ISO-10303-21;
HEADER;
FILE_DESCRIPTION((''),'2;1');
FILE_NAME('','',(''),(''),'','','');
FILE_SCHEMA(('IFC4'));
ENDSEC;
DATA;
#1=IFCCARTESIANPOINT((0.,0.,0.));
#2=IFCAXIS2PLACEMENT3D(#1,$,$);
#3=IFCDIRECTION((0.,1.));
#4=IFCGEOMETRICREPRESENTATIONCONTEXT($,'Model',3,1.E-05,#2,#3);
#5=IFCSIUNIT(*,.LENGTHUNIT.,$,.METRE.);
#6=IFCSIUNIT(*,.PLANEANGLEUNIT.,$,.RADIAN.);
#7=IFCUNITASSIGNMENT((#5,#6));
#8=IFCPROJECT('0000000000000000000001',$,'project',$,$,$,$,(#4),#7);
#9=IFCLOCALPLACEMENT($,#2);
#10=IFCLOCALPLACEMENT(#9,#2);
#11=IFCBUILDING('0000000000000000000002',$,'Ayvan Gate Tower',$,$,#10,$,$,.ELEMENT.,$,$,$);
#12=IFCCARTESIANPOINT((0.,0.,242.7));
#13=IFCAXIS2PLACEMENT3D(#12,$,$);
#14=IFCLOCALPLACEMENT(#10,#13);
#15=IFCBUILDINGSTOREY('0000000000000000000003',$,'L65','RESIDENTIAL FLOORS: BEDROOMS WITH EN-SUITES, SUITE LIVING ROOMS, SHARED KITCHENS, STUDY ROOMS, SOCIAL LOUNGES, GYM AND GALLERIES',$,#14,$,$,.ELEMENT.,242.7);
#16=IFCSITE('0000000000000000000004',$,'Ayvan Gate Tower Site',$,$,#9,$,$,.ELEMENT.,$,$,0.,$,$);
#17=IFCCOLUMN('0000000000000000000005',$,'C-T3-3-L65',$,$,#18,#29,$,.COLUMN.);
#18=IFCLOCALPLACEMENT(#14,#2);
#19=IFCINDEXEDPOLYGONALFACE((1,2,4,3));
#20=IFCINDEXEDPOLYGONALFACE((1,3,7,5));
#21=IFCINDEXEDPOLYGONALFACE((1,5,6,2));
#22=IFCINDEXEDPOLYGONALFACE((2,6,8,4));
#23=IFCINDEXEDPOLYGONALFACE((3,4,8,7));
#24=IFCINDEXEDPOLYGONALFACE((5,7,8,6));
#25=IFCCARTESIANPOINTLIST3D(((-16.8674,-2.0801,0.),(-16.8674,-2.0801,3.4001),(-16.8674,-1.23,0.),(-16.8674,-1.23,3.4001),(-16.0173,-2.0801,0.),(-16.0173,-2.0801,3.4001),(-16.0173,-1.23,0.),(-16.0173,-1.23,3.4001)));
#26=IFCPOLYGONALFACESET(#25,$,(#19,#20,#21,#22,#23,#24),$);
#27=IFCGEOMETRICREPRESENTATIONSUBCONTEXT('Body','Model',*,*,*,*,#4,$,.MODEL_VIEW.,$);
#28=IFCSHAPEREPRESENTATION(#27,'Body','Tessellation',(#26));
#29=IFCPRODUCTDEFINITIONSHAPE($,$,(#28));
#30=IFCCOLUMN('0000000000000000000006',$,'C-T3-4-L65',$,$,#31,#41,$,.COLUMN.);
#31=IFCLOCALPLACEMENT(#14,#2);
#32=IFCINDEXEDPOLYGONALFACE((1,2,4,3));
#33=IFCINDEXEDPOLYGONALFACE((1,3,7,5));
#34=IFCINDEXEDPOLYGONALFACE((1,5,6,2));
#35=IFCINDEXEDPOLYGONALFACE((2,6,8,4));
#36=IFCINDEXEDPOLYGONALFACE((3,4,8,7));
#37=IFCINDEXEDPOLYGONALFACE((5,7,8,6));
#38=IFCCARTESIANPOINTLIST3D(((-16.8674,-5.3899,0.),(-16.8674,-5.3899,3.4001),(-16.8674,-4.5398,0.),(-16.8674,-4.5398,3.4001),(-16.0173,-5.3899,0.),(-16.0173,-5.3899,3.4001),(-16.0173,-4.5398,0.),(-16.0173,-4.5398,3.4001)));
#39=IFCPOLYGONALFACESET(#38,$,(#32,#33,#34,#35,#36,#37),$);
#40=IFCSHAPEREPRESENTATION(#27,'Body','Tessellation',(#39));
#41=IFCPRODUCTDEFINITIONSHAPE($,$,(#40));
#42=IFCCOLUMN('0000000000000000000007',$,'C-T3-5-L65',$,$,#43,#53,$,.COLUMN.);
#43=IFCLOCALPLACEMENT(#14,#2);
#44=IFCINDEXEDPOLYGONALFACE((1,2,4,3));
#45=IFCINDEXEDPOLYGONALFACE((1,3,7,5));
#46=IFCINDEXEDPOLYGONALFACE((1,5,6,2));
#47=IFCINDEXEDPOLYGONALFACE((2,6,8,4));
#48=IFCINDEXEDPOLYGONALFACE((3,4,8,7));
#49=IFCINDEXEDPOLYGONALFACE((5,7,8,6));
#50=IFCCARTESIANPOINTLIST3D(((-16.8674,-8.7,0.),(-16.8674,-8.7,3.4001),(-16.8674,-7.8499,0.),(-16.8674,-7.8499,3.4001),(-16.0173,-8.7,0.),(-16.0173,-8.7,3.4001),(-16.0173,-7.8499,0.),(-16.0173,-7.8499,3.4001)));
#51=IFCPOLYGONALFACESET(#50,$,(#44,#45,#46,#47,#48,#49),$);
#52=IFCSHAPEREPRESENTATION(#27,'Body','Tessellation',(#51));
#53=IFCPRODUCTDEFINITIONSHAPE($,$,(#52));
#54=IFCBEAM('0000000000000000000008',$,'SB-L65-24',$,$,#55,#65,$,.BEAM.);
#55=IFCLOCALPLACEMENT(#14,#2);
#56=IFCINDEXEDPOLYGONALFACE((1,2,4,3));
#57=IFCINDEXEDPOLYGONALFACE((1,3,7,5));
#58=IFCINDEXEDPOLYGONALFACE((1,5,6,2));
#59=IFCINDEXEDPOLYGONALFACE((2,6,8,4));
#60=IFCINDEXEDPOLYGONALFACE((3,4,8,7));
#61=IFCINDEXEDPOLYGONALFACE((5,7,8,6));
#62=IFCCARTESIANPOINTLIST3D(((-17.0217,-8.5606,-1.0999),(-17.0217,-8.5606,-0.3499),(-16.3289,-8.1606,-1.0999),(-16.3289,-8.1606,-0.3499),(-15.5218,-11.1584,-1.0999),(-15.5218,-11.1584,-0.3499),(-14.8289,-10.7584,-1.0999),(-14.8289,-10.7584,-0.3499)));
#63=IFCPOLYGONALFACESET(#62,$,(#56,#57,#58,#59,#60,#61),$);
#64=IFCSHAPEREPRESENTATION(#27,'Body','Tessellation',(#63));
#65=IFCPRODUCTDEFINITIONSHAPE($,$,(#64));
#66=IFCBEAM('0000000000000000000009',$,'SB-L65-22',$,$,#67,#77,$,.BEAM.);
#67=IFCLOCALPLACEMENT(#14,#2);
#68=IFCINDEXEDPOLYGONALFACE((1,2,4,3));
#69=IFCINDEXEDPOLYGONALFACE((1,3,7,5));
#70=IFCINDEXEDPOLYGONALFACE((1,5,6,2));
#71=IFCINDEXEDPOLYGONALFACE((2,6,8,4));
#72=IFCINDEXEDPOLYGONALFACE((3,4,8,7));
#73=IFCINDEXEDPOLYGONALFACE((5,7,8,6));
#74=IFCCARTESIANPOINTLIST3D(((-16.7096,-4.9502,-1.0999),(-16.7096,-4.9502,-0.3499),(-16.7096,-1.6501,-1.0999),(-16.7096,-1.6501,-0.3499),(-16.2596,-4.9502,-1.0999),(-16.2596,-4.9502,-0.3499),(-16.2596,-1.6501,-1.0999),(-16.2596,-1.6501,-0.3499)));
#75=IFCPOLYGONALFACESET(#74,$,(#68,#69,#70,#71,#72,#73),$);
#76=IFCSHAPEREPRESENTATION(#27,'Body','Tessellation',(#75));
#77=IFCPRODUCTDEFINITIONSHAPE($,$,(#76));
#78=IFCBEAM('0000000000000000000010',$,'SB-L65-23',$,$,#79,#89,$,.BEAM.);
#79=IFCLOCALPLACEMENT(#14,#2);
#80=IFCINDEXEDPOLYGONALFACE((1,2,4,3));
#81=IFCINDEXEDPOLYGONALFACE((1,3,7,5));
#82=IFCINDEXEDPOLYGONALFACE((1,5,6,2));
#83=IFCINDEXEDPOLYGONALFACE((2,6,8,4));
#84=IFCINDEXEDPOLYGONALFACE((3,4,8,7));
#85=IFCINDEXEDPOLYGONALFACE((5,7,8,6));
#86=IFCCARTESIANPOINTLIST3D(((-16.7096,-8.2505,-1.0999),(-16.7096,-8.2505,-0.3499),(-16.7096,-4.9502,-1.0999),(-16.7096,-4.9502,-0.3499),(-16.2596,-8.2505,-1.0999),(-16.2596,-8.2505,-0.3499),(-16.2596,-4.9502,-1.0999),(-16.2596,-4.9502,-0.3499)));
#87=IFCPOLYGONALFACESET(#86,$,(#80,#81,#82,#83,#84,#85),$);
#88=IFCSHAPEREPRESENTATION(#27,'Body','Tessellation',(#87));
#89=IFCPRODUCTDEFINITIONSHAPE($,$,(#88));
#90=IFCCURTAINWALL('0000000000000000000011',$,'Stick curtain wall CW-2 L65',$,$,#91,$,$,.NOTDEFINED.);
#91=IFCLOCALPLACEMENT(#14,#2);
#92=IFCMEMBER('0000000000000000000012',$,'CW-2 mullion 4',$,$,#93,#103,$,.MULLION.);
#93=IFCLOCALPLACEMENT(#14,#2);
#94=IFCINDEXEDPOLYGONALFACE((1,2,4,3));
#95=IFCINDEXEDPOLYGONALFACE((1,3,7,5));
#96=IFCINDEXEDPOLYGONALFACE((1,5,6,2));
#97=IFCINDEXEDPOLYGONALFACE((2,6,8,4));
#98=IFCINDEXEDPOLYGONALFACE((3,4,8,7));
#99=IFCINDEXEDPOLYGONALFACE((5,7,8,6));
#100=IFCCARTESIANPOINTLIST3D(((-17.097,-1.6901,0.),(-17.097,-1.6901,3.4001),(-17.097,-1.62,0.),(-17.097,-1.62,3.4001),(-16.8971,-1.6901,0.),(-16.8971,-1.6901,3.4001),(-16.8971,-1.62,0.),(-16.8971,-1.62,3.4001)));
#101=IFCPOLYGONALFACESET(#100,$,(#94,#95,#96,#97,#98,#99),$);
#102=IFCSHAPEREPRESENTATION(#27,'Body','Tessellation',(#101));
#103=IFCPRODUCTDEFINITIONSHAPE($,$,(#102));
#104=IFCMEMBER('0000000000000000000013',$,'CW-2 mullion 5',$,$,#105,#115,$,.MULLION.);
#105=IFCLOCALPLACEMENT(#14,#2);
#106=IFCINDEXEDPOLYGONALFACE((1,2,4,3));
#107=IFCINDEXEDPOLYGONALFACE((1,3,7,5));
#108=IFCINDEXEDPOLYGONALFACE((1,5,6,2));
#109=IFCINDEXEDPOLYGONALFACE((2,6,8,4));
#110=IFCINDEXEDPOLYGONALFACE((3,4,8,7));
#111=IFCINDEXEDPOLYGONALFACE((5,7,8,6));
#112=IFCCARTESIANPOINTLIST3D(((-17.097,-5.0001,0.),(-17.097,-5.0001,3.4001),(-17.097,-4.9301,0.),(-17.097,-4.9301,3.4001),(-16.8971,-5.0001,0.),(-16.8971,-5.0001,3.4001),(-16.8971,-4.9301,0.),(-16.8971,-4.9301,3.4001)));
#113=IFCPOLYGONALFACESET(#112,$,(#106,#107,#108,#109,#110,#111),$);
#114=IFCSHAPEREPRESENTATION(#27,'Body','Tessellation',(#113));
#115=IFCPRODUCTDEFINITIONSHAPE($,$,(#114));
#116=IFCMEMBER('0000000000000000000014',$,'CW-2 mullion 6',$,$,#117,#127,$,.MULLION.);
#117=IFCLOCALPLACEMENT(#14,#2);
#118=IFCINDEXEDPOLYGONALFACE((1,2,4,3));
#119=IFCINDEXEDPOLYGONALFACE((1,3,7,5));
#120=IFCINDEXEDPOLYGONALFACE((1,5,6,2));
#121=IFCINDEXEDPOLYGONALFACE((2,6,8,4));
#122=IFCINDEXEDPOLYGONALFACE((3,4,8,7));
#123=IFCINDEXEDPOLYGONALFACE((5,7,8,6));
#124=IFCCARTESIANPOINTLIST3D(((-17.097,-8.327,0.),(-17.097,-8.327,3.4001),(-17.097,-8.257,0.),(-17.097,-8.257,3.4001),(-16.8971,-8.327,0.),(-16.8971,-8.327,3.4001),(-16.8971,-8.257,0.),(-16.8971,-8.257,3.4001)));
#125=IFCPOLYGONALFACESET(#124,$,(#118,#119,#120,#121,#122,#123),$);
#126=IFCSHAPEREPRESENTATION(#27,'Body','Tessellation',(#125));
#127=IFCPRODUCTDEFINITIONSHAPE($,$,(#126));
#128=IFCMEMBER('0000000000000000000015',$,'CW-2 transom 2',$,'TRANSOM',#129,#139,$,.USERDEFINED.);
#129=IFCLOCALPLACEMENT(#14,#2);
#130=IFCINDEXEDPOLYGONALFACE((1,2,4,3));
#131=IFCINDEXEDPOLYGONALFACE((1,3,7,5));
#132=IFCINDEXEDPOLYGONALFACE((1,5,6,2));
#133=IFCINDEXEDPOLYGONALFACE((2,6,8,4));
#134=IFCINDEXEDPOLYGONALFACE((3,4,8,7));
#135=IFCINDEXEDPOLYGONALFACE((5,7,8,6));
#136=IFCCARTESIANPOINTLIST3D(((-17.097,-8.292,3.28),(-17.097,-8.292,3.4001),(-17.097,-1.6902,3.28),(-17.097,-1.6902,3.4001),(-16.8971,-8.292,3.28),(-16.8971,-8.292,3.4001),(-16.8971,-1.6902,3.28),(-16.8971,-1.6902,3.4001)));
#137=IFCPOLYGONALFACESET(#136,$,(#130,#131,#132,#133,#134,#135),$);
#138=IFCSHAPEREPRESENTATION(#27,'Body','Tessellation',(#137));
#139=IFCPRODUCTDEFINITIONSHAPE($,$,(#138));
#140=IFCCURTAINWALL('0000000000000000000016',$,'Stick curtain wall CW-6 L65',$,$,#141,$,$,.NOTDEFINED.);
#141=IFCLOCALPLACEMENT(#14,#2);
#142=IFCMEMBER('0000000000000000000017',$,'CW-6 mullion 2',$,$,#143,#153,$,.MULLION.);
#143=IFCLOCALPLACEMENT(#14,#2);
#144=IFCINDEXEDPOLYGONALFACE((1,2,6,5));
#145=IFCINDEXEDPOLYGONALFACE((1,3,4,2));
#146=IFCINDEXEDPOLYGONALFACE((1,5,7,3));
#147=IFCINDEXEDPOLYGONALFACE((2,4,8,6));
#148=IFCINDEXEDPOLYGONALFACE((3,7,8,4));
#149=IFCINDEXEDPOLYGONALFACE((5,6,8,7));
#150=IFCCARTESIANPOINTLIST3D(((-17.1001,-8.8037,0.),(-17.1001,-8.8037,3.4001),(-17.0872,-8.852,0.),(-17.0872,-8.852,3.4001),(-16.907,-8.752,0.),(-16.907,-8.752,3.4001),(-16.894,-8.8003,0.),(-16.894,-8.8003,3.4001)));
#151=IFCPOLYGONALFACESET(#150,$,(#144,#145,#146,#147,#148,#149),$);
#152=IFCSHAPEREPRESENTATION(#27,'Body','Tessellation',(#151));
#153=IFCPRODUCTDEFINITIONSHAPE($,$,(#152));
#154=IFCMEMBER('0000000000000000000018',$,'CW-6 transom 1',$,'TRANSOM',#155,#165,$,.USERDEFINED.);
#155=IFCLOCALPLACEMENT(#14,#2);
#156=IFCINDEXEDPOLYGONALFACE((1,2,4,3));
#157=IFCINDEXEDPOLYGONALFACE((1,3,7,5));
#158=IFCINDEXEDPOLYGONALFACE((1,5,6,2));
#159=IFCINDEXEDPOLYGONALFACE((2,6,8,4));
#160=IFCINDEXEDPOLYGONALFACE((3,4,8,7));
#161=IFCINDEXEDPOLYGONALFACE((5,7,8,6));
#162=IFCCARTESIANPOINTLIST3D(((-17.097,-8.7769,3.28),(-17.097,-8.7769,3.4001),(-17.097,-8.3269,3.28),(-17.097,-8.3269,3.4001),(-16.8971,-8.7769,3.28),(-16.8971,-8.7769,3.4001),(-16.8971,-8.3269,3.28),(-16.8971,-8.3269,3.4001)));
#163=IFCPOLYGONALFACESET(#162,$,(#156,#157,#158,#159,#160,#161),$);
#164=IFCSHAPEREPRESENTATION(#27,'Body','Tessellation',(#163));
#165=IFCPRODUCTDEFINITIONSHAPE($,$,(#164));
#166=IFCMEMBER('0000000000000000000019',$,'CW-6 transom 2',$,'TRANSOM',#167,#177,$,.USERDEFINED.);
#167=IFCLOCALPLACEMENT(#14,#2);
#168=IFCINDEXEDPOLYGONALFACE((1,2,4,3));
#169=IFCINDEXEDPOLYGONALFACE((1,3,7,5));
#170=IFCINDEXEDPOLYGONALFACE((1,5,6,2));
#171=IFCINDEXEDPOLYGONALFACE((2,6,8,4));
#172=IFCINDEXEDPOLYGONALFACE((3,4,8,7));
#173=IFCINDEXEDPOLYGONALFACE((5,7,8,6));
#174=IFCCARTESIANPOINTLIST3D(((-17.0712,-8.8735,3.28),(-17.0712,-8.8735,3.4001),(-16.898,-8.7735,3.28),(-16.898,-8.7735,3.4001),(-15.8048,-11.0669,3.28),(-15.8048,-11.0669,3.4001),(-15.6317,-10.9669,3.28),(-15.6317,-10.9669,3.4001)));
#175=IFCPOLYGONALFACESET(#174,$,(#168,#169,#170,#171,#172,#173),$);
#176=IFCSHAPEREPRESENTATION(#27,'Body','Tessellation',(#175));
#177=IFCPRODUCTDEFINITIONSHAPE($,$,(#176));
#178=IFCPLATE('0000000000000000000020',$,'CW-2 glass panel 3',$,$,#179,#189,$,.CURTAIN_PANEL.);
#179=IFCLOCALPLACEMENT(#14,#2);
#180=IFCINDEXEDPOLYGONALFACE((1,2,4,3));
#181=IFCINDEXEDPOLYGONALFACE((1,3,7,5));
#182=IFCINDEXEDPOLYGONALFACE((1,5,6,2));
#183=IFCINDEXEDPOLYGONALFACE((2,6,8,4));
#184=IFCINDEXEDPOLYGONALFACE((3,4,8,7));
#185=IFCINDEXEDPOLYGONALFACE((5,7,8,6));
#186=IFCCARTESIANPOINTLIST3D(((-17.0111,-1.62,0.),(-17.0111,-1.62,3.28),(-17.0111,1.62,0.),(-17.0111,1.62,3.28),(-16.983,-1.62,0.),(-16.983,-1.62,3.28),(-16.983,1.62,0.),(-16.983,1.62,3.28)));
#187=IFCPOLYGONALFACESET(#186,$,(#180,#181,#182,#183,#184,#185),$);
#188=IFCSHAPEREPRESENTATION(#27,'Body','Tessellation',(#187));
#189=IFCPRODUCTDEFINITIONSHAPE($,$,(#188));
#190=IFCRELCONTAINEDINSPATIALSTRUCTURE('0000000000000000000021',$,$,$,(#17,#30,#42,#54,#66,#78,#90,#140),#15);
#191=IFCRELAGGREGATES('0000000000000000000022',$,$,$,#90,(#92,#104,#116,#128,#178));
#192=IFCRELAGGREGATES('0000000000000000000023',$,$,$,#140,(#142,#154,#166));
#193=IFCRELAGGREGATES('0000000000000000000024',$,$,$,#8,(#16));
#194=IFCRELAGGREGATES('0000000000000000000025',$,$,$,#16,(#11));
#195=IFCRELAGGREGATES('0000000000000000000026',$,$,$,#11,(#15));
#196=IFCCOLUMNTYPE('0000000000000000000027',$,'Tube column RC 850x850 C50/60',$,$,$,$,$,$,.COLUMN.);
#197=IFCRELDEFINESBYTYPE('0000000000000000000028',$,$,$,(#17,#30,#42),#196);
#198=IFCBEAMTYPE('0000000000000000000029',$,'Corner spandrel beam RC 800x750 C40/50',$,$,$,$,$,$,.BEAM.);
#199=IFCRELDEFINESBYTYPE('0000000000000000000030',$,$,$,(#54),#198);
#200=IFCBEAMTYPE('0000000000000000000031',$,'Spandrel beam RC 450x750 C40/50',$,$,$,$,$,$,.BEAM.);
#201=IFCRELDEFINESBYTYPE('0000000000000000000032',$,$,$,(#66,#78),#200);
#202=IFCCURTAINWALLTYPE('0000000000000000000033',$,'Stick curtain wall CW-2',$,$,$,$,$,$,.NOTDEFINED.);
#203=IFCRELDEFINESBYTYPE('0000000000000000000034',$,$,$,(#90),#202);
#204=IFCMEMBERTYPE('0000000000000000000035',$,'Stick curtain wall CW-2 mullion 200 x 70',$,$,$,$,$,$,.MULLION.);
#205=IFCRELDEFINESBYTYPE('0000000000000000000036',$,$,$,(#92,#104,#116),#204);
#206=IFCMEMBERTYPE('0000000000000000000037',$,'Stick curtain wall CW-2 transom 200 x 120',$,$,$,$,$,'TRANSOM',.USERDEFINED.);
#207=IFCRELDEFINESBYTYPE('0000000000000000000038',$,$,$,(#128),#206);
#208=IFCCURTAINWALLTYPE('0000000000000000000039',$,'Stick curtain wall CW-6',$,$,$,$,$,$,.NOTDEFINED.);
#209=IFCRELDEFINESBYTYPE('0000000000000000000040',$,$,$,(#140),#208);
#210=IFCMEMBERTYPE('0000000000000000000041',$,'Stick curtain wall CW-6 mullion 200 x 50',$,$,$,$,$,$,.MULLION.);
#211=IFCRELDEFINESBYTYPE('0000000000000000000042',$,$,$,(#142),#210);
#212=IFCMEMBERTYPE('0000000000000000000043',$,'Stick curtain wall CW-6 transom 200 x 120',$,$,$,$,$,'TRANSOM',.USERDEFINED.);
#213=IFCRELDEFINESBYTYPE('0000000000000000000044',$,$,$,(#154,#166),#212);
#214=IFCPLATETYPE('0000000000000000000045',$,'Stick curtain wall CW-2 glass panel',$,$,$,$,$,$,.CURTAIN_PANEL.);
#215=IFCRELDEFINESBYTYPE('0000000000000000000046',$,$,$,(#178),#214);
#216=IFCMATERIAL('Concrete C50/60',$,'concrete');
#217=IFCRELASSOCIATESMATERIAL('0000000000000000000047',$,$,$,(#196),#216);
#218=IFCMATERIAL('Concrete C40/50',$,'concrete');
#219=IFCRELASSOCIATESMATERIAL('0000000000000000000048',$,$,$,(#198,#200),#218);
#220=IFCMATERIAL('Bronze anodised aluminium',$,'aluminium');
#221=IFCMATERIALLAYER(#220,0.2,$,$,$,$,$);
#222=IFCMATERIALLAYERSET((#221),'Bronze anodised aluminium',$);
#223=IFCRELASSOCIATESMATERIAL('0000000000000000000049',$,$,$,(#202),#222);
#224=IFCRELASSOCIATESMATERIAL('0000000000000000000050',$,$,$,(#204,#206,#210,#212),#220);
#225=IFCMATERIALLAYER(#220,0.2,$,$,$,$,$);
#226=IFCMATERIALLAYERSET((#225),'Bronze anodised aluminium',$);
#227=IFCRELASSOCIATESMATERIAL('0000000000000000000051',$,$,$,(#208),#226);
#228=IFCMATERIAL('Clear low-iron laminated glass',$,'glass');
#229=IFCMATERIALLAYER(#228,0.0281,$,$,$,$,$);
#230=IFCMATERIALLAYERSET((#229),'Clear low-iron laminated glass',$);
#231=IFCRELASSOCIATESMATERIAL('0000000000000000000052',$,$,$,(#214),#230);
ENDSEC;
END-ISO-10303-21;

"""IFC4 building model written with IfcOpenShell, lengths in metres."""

from ifc_helpers import new_model, si_unit, direction, frame, origin, origin_2d, place, context, subcontext, project, spatial, rectangle, extrude, material, layer, layer_set, material_profile, profile_set, type_object, element, aggregate, save


model = new_model("IFC4")

# Units and contexts
model_context = context("Model", 3, precision=1e-05, world=origin(), true_north=direction((0.0, 1.0)))
body_context = subcontext(model_context, "Body", "Model", "MODEL_VIEW")
ifc_project = project(units=[si_unit("LENGTHUNIT", "METRE"), si_unit("PLANEANGLEUNIT", "RADIAN")], contexts=[model_context])

# Site, building, storey
site_placement = place(None, origin())
site = spatial("IfcSite", under=ifc_project, at=site_placement, Name="Ayvan Gate Tower Site", CompositionType="ELEMENT", RefElevation=0.0)
building_placement = place(site_placement, origin())
building = spatial("IfcBuilding", under=site, at=building_placement, Name="Ayvan Gate Tower", CompositionType="ELEMENT")
storey_placement = place(building_placement, frame((0.0, 0.0, 242.7)))
storey = spatial("IfcBuildingStorey", under=building, at=storey_placement, Name="L65", Description="RESIDENTIAL FLOORS: BEDROOMS WITH EN-SUITES, SUITE LIVING ROOMS, SHARED KITCHENS, STUDY ROOMS, SOCIAL LOUNGES, GYM AND GALLERIES", CompositionType="ELEMENT", Elevation=242.7)

# Columns
ifc_material_1 = material(Name="Concrete C50/60", Category="concrete")
ifc_material_profile_1 = material_profile(ifc_material_1, rectangle(XDim=0.8501, YDim=0.8501, at=origin_2d()), Name="RC 850x850")
ifc_profile_set_1 = profile_set([ifc_material_profile_1], Name="Concrete C50/60")
column_type = type_object("IfcColumnType", Name="Tube column RC 850x850 C50/60", PredefinedType="COLUMN", material=ifc_profile_set_1)
for number, where, z_axis, x_axis, name in (
    (1, (-16.4424, -1.655, 0.0), (0.0, 0.0, 1.0), (-1.0, 0.0, 0.0), "C-T3-3-L65"),
    (2, (-16.4424, -4.9648, 0.0), (0.0, 0.0, 1.0), (-1.0, 0.0, 0.0), "C-T3-4-L65"),
    (3, (-16.4424, -8.2749, 0.0), (0.0, 0.0, 1.0), (-1.0, 0.0, 0.0), "C-T3-5-L65"),
):
    element("IfcColumn", number, at=place(storey_placement, frame(where, z_axis=z_axis, x_axis=x_axis)), inside=storey, type_object=column_type, Name=name, PredefinedType="COLUMN", context=body_context, shape_type="SweptSolid", body=[
        extrude(rectangle(XDim=0.8501, YDim=0.8501, at=origin_2d()), origin(), (0.0, 0.0, 1.0), 3.4001),
    ])

# Beams
ifc_material_2 = material(Name="Concrete C40/50", Category="concrete")
ifc_material_profile_2 = material_profile(ifc_material_2, rectangle(XDim=0.8, YDim=0.75, at=origin_2d()), Name="RC 800x750")
ifc_profile_set_2 = profile_set([ifc_material_profile_2], Name="Concrete C40/50")
beam_type_1 = type_object("IfcBeamType", Name="Corner spandrel beam RC 800x750 C40/50", PredefinedType="BEAM", material=ifc_profile_set_2)
beam_1_placement = place(storey_placement, frame((-16.6753, -8.3606, -0.7249), z_axis=(0.500025, -0.866011, 0.0), x_axis=(0.866011, 0.500025, 0.0)))
element("IfcBeam", 4, at=beam_1_placement, inside=storey, type_object=beam_type_1, Name="SB-L65-24", PredefinedType="BEAM", context=body_context, shape_type="SweptSolid", body=[
    extrude(rectangle(XDim=0.8, YDim=0.75, at=origin_2d()), origin(), (0.0, 0.0, 1.0), 2.9998),
])
ifc_material_profile_3 = material_profile(ifc_material_2, rectangle(XDim=0.45, YDim=0.75, at=origin_2d()), Name="RC 450x750")
ifc_profile_set_3 = profile_set([ifc_material_profile_3], Name="Concrete C40/50")
beam_type_2 = type_object("IfcBeamType", Name="Spandrel beam RC 450x750 C40/50", PredefinedType="BEAM", material=ifc_profile_set_3)
beam_2_placement = place(storey_placement, frame((-16.4846, -1.6501, -0.7249), z_axis=(0.0, -1.0, 0.0), x_axis=(1.0, 0.0, 0.0)))
element("IfcBeam", 5, at=beam_2_placement, inside=storey, type_object=beam_type_2, Name="SB-L65-22", PredefinedType="BEAM", context=body_context, shape_type="SweptSolid", body=[
    extrude(rectangle(XDim=0.45, YDim=0.75, at=origin_2d()), origin(), (0.0, 0.0, 1.0), 3.3),
])
beam_3_placement = place(storey_placement, frame((-16.4846, -4.9502, -0.7249), z_axis=(0.0, -1.0, 0.0), x_axis=(1.0, 0.0, 0.0)))
element("IfcBeam", 6, at=beam_3_placement, inside=storey, type_object=beam_type_2, Name="SB-L65-23", PredefinedType="BEAM", context=body_context, shape_type="SweptSolid", body=[
    extrude(rectangle(XDim=0.45, YDim=0.75, at=origin_2d()), origin(), (0.0, 0.0, 1.0), 3.3003),
])

# Curtain walls, members
ifc_material_3 = material(Name="Bronze anodised aluminium", Category="aluminium")
ifc_layer_1 = layer(ifc_material_3, 0.2)
ifc_layer_set_1 = layer_set([ifc_layer_1], Name="Bronze anodised aluminium")
curtain_wall_type_1 = type_object("IfcCurtainWallType", Name="Stick curtain wall CW-2", PredefinedType="NOTDEFINED", material=ifc_layer_set_1)
curtain_wall_1_placement = place(storey_placement, origin())
curtain_wall_1 = element("IfcCurtainWall", 7, at=curtain_wall_1_placement, inside=storey, type_object=curtain_wall_type_1, Name="Stick curtain wall CW-2 L65", PredefinedType="NOTDEFINED")
ifc_material_profile_4 = material_profile(ifc_material_3, rectangle(XDim=0.2, YDim=0.0701, at=origin_2d()), Name="Stick curtain wall CW-2 mullion 200 x 70")
ifc_profile_set_4 = profile_set([ifc_material_profile_4], Name="Bronze anodised aluminium")
member_type_1 = type_object("IfcMemberType", Name="Stick curtain wall CW-2 mullion 200 x 70", PredefinedType="MULLION", material=ifc_profile_set_4)
member_1_placement = place(storey_placement, frame((-16.9971, -1.655, 0.0), z_axis=(0.0, 0.0, 1.0), x_axis=(-1.0, 0.0, 0.0)))
member_1 = element("IfcMember", 8, at=member_1_placement, type_object=member_type_1, Name="CW-2 mullion 4", PredefinedType="MULLION", context=body_context, shape_type="SweptSolid", body=[
    extrude(rectangle(XDim=0.2, YDim=0.0701, at=origin_2d()), origin(), (0.0, 0.0, 1.0), 3.4001),
])
member_2_placement = place(storey_placement, frame((-16.9971, -4.9651, 0.0), z_axis=(0.0, 0.0, 1.0), x_axis=(-1.0, 0.0, 0.0)))
member_2 = element("IfcMember", 9, at=member_2_placement, type_object=member_type_1, Name="CW-2 mullion 5", PredefinedType="MULLION", context=body_context, shape_type="SweptSolid", body=[
    extrude(rectangle(XDim=0.2, YDim=0.0701, at=origin_2d()), origin(), (0.0, 0.0, 1.0), 3.4001),
])
member_3_placement = place(storey_placement, frame((-16.9971, -8.292, 0.0), z_axis=(0.0, 0.0, 1.0), x_axis=(-1.0, 0.0, 0.0)))
member_3 = element("IfcMember", 10, at=member_3_placement, type_object=member_type_1, Name="CW-2 mullion 6", PredefinedType="MULLION", context=body_context, shape_type="SweptSolid", body=[
    extrude(rectangle(XDim=0.2, YDim=0.0701, at=origin_2d()), origin(), (0.0, 0.0, 1.0), 3.4001),
])
ifc_material_profile_5 = material_profile(ifc_material_3, rectangle(XDim=0.2, YDim=0.1201, at=origin_2d()), Name="Stick curtain wall CW-2 transom 200 x 120")
ifc_profile_set_5 = profile_set([ifc_material_profile_5], Name="Bronze anodised aluminium")
member_type_2 = type_object("IfcMemberType", Name="Stick curtain wall CW-2 transom 200 x 120", ElementType="TRANSOM", PredefinedType="USERDEFINED", material=ifc_profile_set_5)
member_4_placement = place(storey_placement, frame((-16.9971, -1.6902, 3.3401), z_axis=(0.0, -1.0, 0.0), x_axis=(1.0, 0.0, 0.0)))
member_4 = element("IfcMember", 11, at=member_4_placement, type_object=member_type_2, Name="CW-2 transom 2", ObjectType="TRANSOM", PredefinedType="USERDEFINED", context=body_context, shape_type="SweptSolid", body=[
    extrude(rectangle(XDim=0.2, YDim=0.1201, at=origin_2d()), origin(), (0.0, 0.0, 1.0), 6.6018),
])
ifc_layer_2 = layer(ifc_material_3, 0.2)
ifc_layer_set_2 = layer_set([ifc_layer_2], Name="Bronze anodised aluminium")
curtain_wall_type_2 = type_object("IfcCurtainWallType", Name="Stick curtain wall CW-6", PredefinedType="NOTDEFINED", material=ifc_layer_set_2)
curtain_wall_2_placement = place(storey_placement, origin())
curtain_wall_2 = element("IfcCurtainWall", 12, at=curtain_wall_2_placement, inside=storey, type_object=curtain_wall_type_2, Name="Stick curtain wall CW-6 L65", PredefinedType="NOTDEFINED")
ifc_material_profile_6 = material_profile(ifc_material_3, rectangle(XDim=0.2, YDim=0.05, at=origin_2d()), Name="Stick curtain wall CW-6 mullion 200 x 50")
ifc_profile_set_6 = profile_set([ifc_material_profile_6], Name="Bronze anodised aluminium")
member_type_3 = type_object("IfcMemberType", Name="Stick curtain wall CW-6 mullion 200 x 50", PredefinedType="MULLION", material=ifc_profile_set_6)
member_5_placement = place(storey_placement, frame((-16.9971, -8.802, 0.0), z_axis=(0.0, 0.0, 1.0), x_axis=(-0.965926, -0.258819, 0.0)))
member_5 = element("IfcMember", 13, at=member_5_placement, type_object=member_type_3, Name="CW-6 mullion 2", PredefinedType="MULLION", context=body_context, shape_type="SweptSolid", body=[
    extrude(rectangle(XDim=0.2, YDim=0.05, at=origin_2d()), origin(), (0.0, 0.0, 1.0), 3.4001),
])
ifc_material_profile_7 = material_profile(ifc_material_3, rectangle(XDim=0.2, YDim=0.1201, at=origin_2d()), Name="Stick curtain wall CW-6 transom 200 x 120")
ifc_profile_set_7 = profile_set([ifc_material_profile_7], Name="Bronze anodised aluminium")
member_type_4 = type_object("IfcMemberType", Name="Stick curtain wall CW-6 transom 200 x 120", ElementType="TRANSOM", PredefinedType="USERDEFINED", material=ifc_profile_set_7)
member_6_placement = place(storey_placement, frame((-16.9971, -8.3269, 3.3401), z_axis=(0.0, -1.0, 0.0), x_axis=(1.0, 0.0, 0.0)))
member_6 = element("IfcMember", 14, at=member_6_placement, type_object=member_type_4, Name="CW-6 transom 1", ObjectType="TRANSOM", PredefinedType="USERDEFINED", context=body_context, shape_type="SweptSolid", body=[
    extrude(rectangle(XDim=0.2, YDim=0.1201, at=origin_2d()), origin(), (0.0, 0.0, 1.0), 0.45),
])
member_7_placement = place(storey_placement, frame((-16.9846, -8.8235, 3.3401), z_axis=(0.500006, -0.866022, 0.0), x_axis=(0.866022, 0.500006, 0.0)))
member_7 = element("IfcMember", 15, at=member_7_placement, type_object=member_type_4, Name="CW-6 transom 2", ObjectType="TRANSOM", PredefinedType="USERDEFINED", context=body_context, shape_type="SweptSolid", body=[
    extrude(rectangle(XDim=0.2, YDim=0.1201, at=origin_2d()), origin(), (0.0, 0.0, 1.0), 2.5327),
])

# Plate
ifc_material_4 = material(Name="Clear low-iron laminated glass", Category="glass")
ifc_layer_3 = layer(ifc_material_4, 0.0281)
ifc_layer_set_3 = layer_set([ifc_layer_3], Name="Clear low-iron laminated glass")
plate_type_1 = type_object("IfcPlateType", Name="Stick curtain wall CW-2 glass panel", PredefinedType="CURTAIN_PANEL", material=ifc_layer_set_3)
plate_1_placement = place(storey_placement, frame((-16.9971, 0.0, 0.0), z_axis=(0.0, 0.0, 1.0), x_axis=(0.0, -1.0, 0.0)))
plate_1 = element("IfcPlate", 16, at=plate_1_placement, type_object=plate_type_1, Name="CW-2 glass panel 3", PredefinedType="CURTAIN_PANEL", context=body_context, shape_type="SweptSolid", body=[
    extrude(rectangle(XDim=3.24, YDim=0.0281, at=origin_2d()), origin(), (0.0, 0.0, 1.0), 3.28),
])
aggregate(curtain_wall_1, [member_1, member_2, member_3, member_4, plate_1])
aggregate(curtain_wall_2, [member_5, member_6, member_7])

save(model, "model.ifc")
